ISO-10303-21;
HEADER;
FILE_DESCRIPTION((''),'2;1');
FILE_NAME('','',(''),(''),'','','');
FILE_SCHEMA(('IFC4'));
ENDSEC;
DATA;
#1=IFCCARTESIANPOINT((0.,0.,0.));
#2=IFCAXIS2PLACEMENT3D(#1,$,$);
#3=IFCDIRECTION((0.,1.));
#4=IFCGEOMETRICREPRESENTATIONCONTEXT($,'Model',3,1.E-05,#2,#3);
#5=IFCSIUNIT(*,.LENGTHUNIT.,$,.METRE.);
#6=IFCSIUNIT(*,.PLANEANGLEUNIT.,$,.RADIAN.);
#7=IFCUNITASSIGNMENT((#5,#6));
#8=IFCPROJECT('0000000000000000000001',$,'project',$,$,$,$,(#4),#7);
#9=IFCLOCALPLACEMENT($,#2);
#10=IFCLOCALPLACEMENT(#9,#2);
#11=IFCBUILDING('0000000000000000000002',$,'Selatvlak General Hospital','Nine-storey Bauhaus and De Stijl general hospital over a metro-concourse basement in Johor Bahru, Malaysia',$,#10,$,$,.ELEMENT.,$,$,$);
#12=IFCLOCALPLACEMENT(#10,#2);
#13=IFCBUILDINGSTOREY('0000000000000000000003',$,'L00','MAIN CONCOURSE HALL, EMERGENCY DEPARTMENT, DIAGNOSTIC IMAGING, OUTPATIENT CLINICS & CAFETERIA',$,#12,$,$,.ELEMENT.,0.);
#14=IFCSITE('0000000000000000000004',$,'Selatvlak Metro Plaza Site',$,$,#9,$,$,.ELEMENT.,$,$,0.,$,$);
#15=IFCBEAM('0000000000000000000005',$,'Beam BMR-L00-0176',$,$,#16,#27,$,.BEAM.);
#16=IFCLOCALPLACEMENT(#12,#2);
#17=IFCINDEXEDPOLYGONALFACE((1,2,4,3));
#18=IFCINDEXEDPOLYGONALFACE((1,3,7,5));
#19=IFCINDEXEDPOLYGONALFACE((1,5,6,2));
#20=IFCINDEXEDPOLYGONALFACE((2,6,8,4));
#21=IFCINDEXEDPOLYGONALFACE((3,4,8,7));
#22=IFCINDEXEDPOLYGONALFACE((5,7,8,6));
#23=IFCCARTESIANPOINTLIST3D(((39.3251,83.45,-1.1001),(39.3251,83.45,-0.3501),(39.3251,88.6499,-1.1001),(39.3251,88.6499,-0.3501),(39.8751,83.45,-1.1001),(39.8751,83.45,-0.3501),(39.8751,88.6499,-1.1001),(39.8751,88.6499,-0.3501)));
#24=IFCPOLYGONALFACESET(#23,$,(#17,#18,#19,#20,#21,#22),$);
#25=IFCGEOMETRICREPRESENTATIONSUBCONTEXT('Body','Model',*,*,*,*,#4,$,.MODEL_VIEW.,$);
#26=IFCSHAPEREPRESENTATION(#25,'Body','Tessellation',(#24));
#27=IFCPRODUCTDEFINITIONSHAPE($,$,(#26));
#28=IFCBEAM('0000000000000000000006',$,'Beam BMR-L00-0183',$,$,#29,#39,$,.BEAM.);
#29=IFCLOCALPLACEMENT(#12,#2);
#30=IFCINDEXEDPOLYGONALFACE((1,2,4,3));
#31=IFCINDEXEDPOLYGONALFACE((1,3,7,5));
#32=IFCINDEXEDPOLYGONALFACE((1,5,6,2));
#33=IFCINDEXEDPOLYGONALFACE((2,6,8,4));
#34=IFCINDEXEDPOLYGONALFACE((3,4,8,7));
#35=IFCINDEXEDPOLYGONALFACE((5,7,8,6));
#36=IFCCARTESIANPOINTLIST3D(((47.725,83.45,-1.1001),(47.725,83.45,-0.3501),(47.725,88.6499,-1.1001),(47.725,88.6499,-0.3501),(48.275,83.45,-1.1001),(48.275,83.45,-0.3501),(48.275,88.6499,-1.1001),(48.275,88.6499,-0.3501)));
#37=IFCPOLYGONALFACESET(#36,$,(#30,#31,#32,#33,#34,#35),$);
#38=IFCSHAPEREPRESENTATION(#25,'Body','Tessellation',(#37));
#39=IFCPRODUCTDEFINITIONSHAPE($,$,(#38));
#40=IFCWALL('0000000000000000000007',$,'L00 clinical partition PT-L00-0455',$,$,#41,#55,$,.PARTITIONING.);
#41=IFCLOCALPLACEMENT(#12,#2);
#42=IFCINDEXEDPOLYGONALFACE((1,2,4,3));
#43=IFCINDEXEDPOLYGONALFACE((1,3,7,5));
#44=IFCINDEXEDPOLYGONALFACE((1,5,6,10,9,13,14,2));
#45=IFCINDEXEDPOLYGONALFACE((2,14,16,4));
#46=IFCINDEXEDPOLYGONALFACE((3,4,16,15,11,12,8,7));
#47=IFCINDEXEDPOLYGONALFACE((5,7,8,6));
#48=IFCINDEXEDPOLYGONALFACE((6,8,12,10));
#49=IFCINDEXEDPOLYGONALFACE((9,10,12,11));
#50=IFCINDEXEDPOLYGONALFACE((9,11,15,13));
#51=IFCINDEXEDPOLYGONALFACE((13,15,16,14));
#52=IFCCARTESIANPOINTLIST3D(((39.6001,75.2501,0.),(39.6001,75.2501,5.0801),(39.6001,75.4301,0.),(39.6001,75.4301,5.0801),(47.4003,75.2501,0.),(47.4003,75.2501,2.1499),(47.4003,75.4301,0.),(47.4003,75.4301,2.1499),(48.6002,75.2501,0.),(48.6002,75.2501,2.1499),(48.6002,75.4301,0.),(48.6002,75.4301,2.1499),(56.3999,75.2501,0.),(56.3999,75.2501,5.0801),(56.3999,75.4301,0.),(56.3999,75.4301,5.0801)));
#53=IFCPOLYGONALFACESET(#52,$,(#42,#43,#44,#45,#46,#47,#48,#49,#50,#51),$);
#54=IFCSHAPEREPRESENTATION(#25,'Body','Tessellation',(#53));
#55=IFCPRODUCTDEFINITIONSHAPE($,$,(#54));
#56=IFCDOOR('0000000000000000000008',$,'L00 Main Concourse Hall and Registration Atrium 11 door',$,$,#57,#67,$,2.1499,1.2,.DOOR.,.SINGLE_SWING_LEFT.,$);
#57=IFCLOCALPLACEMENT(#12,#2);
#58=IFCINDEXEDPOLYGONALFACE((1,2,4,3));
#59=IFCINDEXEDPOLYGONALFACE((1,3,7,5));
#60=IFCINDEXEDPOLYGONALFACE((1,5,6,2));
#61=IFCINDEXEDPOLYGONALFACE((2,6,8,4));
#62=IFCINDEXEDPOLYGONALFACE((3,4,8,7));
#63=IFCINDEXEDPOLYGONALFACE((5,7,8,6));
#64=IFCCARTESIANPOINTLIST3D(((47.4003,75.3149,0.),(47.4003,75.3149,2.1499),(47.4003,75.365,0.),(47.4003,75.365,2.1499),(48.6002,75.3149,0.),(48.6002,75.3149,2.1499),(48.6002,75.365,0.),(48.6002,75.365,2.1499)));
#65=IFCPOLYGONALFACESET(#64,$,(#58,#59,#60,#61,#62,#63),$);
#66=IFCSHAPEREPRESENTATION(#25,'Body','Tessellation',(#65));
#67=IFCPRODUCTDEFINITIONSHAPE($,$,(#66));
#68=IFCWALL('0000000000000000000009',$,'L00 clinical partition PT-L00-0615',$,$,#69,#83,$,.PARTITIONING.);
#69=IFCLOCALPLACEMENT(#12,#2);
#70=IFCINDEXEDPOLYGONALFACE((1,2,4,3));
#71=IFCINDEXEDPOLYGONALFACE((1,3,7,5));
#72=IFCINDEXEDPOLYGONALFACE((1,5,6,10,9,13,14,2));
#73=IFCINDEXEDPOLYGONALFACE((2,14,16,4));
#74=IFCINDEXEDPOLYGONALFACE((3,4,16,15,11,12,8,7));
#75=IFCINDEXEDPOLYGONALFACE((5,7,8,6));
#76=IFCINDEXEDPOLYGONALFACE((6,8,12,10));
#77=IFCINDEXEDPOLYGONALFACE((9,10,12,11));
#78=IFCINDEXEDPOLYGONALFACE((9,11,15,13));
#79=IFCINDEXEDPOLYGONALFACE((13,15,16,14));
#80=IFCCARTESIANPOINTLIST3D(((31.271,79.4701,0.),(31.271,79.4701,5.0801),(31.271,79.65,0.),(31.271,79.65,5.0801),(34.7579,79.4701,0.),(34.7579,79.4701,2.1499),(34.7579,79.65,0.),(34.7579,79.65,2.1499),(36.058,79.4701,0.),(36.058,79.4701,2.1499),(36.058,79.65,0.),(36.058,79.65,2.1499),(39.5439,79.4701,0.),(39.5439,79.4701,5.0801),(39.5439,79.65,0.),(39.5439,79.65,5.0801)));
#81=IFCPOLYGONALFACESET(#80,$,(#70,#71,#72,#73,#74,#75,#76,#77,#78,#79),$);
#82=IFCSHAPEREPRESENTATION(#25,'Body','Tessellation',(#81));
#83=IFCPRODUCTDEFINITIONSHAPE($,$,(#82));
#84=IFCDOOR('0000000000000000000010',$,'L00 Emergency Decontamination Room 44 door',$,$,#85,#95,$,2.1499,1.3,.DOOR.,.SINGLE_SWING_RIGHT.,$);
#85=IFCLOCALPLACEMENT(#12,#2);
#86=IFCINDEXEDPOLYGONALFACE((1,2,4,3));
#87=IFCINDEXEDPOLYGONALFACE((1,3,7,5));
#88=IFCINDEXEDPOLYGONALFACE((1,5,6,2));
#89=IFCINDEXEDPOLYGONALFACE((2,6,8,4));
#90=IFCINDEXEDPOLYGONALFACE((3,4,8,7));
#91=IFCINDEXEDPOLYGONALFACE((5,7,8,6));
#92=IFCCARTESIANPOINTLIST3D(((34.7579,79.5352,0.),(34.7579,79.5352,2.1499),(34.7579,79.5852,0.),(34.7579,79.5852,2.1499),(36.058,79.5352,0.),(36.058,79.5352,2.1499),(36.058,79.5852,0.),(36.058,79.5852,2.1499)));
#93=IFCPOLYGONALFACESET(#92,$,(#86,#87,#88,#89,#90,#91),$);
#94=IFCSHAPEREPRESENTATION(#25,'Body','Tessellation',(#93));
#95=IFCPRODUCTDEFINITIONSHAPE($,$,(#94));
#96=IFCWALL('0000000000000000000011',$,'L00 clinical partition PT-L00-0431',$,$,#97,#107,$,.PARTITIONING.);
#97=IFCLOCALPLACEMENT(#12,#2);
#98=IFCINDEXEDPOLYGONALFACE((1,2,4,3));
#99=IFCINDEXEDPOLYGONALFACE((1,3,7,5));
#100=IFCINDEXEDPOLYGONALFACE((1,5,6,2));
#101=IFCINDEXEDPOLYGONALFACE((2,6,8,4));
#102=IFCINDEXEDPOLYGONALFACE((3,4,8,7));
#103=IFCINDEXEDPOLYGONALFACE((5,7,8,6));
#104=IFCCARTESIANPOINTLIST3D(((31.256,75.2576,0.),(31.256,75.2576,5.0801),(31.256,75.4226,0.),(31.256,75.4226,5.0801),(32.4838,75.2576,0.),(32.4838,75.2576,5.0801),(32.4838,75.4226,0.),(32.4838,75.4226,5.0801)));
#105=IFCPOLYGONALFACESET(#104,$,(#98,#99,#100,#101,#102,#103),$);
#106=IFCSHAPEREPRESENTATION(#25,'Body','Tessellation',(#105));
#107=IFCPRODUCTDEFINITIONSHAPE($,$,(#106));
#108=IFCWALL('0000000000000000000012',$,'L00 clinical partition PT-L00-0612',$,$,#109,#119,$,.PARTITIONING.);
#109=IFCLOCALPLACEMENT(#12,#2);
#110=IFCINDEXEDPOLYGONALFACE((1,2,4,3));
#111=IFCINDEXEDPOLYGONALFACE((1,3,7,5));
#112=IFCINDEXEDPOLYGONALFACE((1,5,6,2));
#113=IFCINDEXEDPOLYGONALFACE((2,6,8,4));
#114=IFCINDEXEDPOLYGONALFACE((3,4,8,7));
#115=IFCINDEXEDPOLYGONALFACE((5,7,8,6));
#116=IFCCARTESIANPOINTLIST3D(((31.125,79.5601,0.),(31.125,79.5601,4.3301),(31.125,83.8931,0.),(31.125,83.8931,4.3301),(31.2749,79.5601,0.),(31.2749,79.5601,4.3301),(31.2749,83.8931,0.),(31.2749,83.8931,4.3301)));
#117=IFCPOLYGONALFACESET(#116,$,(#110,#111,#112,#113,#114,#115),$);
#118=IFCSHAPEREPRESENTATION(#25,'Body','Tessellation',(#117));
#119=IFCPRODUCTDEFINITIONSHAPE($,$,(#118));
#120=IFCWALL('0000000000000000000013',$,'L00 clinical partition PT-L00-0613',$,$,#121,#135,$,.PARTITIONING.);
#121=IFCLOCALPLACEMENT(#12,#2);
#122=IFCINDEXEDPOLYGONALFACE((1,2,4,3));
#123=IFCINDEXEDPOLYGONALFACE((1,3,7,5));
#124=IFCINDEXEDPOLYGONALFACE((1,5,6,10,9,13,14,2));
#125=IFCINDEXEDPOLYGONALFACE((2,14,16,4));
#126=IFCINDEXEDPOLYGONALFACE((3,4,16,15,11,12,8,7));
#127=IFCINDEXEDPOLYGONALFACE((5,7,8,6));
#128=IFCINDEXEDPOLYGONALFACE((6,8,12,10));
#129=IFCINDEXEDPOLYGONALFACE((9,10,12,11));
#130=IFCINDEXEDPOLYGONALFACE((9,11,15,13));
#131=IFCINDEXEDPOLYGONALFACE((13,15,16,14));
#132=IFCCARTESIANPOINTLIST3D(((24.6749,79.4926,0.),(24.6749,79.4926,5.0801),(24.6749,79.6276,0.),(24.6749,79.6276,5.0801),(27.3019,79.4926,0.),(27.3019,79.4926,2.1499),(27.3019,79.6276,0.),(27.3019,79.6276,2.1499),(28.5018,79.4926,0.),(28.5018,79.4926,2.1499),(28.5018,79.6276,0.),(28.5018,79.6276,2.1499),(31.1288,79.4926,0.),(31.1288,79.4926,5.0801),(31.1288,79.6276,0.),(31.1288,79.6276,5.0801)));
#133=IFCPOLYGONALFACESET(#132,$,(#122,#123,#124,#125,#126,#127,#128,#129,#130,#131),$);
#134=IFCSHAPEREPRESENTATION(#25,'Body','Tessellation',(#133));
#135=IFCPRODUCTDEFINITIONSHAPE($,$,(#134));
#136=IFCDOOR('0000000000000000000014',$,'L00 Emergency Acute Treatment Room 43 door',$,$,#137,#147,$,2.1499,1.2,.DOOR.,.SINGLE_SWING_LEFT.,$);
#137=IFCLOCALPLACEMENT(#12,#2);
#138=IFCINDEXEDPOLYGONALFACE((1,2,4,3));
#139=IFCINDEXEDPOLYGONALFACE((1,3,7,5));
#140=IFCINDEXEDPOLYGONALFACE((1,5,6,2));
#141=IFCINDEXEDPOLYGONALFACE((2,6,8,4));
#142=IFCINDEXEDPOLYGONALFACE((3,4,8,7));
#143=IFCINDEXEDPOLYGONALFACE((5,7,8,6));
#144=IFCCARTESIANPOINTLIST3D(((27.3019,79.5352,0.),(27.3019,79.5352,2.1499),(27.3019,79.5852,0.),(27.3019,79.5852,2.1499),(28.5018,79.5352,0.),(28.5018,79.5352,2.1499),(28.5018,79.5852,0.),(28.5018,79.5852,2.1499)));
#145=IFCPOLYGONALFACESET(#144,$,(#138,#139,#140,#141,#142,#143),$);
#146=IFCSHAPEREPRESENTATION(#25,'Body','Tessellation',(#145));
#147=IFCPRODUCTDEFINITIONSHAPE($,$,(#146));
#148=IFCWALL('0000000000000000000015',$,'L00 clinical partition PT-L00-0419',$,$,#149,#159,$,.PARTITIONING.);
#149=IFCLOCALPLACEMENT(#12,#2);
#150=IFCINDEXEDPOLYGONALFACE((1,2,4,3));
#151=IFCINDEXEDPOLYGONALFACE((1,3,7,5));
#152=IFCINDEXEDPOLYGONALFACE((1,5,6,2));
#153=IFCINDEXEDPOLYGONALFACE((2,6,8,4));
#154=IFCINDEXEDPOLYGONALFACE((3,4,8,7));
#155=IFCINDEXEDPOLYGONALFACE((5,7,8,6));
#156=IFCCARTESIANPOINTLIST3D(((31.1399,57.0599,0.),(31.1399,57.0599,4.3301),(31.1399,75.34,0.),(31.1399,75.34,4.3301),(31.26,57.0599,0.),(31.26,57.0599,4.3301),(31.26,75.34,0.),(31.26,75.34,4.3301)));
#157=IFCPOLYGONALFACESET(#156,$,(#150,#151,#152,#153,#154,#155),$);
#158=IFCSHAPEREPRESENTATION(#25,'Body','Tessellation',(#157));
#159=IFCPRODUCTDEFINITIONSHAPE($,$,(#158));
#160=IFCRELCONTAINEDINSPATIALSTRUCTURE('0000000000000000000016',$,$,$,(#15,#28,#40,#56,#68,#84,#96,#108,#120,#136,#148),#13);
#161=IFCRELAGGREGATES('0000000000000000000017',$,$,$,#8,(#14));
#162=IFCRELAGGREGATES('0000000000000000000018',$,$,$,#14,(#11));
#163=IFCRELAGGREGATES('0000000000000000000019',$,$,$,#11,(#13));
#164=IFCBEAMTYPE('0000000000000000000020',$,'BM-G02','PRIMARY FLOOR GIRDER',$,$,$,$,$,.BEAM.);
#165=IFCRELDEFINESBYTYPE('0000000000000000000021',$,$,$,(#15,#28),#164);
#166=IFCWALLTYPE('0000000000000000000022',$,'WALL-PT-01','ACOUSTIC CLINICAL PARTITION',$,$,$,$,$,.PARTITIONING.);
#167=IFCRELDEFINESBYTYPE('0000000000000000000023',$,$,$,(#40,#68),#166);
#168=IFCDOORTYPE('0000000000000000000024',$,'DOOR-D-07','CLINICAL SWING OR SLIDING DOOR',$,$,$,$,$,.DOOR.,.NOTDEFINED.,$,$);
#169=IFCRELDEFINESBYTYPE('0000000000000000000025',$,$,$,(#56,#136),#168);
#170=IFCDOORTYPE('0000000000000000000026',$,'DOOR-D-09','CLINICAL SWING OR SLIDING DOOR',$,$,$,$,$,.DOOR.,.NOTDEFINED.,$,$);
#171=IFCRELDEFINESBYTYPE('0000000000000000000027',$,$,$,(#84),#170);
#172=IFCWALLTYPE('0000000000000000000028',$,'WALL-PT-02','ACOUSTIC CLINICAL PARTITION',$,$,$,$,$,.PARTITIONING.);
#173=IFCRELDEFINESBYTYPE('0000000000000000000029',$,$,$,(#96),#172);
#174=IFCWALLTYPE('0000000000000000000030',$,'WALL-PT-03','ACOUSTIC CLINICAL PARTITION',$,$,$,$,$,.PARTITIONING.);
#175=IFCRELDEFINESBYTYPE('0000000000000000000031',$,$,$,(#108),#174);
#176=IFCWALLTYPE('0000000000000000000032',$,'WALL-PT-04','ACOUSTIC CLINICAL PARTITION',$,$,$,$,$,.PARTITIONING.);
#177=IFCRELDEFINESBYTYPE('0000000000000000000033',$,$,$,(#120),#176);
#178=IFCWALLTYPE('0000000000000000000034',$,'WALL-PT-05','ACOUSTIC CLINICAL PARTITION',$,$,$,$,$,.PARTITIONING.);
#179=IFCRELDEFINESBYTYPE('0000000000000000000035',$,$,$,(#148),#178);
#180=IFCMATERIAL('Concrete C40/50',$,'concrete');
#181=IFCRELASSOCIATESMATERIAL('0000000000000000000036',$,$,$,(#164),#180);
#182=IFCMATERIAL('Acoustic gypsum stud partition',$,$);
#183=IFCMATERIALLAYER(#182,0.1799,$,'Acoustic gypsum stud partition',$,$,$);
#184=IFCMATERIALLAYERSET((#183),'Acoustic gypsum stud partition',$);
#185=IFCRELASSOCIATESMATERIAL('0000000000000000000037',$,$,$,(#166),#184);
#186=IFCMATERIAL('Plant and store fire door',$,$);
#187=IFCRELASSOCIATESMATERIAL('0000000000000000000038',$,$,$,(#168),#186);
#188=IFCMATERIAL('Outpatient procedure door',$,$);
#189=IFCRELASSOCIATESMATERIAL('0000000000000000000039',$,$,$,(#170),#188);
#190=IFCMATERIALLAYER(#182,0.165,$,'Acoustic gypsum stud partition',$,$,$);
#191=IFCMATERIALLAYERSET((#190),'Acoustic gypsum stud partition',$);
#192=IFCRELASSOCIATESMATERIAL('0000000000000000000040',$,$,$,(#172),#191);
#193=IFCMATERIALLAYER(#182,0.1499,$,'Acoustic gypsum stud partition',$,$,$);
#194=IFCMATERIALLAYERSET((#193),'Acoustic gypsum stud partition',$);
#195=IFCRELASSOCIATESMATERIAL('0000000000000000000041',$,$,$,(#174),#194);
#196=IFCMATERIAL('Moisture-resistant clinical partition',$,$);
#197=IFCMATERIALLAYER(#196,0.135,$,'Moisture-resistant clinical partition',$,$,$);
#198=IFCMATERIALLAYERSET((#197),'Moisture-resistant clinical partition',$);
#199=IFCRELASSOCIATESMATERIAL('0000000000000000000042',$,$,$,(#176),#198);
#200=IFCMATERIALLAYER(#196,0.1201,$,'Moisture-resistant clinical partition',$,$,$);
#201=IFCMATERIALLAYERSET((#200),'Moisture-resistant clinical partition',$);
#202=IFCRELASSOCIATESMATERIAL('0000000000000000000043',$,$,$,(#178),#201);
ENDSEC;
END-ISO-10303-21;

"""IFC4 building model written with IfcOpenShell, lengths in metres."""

from ifc_helpers import new_model, si_unit, direction, frame, frame_2d, origin, origin_2d, place, context, subcontext, project, spatial, rectangle, extrude, material, layer, layer_set, material_profile, profile_set, type_object, element, fill, save


model = new_model("IFC4")

# Units and contexts
model_context = context("Model", 3, precision=1e-05, world=origin(), true_north=direction((0.0, 1.0)))
body_context = subcontext(model_context, "Body", "Model", "MODEL_VIEW")
ifc_project = project(units=[si_unit("LENGTHUNIT", "METRE"), si_unit("PLANEANGLEUNIT", "RADIAN")], contexts=[model_context])

# Site, building, storey
site_placement = place(None, origin())
site = spatial("IfcSite", under=ifc_project, at=site_placement, Name="Selatvlak Metro Plaza Site", CompositionType="ELEMENT", RefElevation=0.0)
building_placement = place(site_placement, origin())
building = spatial("IfcBuilding", under=site, at=building_placement, Name="Selatvlak General Hospital", Description="Nine-storey Bauhaus and De Stijl general hospital over a metro-concourse basement in Johor Bahru, Malaysia", CompositionType="ELEMENT")
storey_placement = place(building_placement, origin())
storey = spatial("IfcBuildingStorey", under=building, at=storey_placement, Name="L00", Description="MAIN CONCOURSE HALL, EMERGENCY DEPARTMENT, DIAGNOSTIC IMAGING, OUTPATIENT CLINICS & CAFETERIA", CompositionType="ELEMENT", Elevation=0.0)

# Beams
ifc_material_1 = material(Name="Concrete C40/50", Category="concrete")
ifc_material_profile_1 = material_profile(ifc_material_1, rectangle(XDim=0.55, YDim=0.75, at=origin_2d()), Name="RC-BM 550x750")
ifc_profile_set_1 = profile_set([ifc_material_profile_1], Name="Concrete C40/50")
beam_type_1 = type_object("IfcBeamType", Name="BM-G02", Description="PRIMARY FLOOR GIRDER", PredefinedType="BEAM", material=ifc_profile_set_1)
for number, where, z_axis, x_axis, name in (
    (1, (39.6001, 83.45, -0.7251), (0.0, 1.0, 0.0), (-1.0, 0.0, 0.0), "Beam BMR-L00-0176"),
    (2, (48.0, 83.45, -0.7251), (0.0, 1.0, 0.0), (-1.0, 0.0, 0.0), "Beam BMR-L00-0183"),
):
    element("IfcBeam", number, at=place(storey_placement, frame(where, z_axis=z_axis, x_axis=x_axis)), inside=storey, type_object=beam_type_1, Name=name, PredefinedType="BEAM", context=body_context, shape_type="SweptSolid", body=[
        extrude(rectangle(XDim=0.55, YDim=0.75, at=origin_2d()), origin(), (0.0, 0.0, 1.0), 5.2),
    ])

# Walls, openings, doors
ifc_material_2 = material(Name="Acoustic gypsum stud partition")
ifc_layer_1 = layer(ifc_material_2, 0.1799, Name="Acoustic gypsum stud partition")
ifc_layer_set_1 = layer_set([ifc_layer_1], Name="Acoustic gypsum stud partition")
wall_type_1 = type_object("IfcWallType", Name="WALL-PT-01", Description="ACOUSTIC CLINICAL PARTITION", PredefinedType="PARTITIONING", material=ifc_layer_set_1)
wall_1_placement = place(storey_placement, frame((39.6001, 75.3401, 0.0), z_axis=(0.0, 0.0, 1.0), x_axis=(1.0, 0.0, 0.0)))
wall_1 = element("IfcWall", 3, at=wall_1_placement, inside=storey, type_object=wall_type_1, Name="L00 clinical partition PT-L00-0455", PredefinedType="PARTITIONING", context=body_context, shape_type="SweptSolid", body=[
    extrude(rectangle(XDim=16.7998, YDim=0.1799, at=frame_2d((8.3999, 0.0))), origin(), (0.0, 0.0, 1.0), 5.0801),
])
opening_1_placement = place(wall_1_placement, frame((7.8, 0.0, 0.0)))
opening_1 = element("IfcOpeningElement", 4, at=opening_1_placement, cuts=wall_1, PredefinedType="OPENING", context=body_context, shape_type="SweptSolid", body=[
    extrude(rectangle(XDim=1.2, YDim=2.1499, at=frame_2d((0.6001, 1.075))), frame((0.0, 0.0999, 0.0), z_axis=(0.0, -1.0, 0.0), x_axis=(1.0, 0.0, 0.0)), (0.0, 0.0, 1.0), 0.2),
])
ifc_material_3 = material(Name="Plant and store fire door")
door_type_1 = type_object("IfcDoorType", Name="DOOR-D-07", Description="CLINICAL SWING OR SLIDING DOOR", OperationType="NOTDEFINED", PredefinedType="DOOR", material=ifc_material_3)
door_1_placement = place(opening_1_placement, origin())
door_1 = element("IfcDoor", 5, at=door_1_placement, inside=storey, type_object=door_type_1, Name="L00 Main Concourse Hall and Registration Atrium 11 door", OperationType="SINGLE_SWING_LEFT", OverallHeight=2.1499, OverallWidth=1.2, PredefinedType="DOOR", context=body_context, shape_type="SweptSolid", body=[
    extrude(rectangle(XDim=1.2, YDim=2.1499, at=frame_2d((0.6001, 1.075))), frame((0.0, 0.0249, 0.0), z_axis=(0.0, -1.0, 0.0), x_axis=(1.0, 0.0, 0.0)), (0.0, 0.0, 1.0), 0.05),
])
fill(opening_1, door_1)
wall_2_placement = place(storey_placement, frame((39.5439, 79.5601, 0.0), z_axis=(0.0, 0.0, 1.0), x_axis=(-1.0, 0.0, 0.0)))
wall_2 = element("IfcWall", 6, at=wall_2_placement, inside=storey, type_object=wall_type_1, Name="L00 clinical partition PT-L00-0615", PredefinedType="PARTITIONING", context=body_context, shape_type="SweptSolid", body=[
    extrude(rectangle(XDim=8.2729, YDim=0.1799, at=frame_2d((4.1365, 0.0))), origin(), (0.0, 0.0, 1.0), 5.0801),
])
opening_2_placement = place(wall_2_placement, frame((3.4861, 0.0, 0.0)))
opening_2 = element("IfcOpeningElement", 7, at=opening_2_placement, cuts=wall_2, PredefinedType="OPENING", context=body_context, shape_type="SweptSolid", body=[
    extrude(rectangle(XDim=1.3, YDim=2.1499, at=frame_2d((0.6499, 1.075))), frame((0.0, 0.0999, 0.0), z_axis=(0.0, -1.0, 0.0), x_axis=(1.0, 0.0, 0.0)), (0.0, 0.0, 1.0), 0.2),
])
ifc_material_4 = material(Name="Outpatient procedure door")
door_type_2 = type_object("IfcDoorType", Name="DOOR-D-09", Description="CLINICAL SWING OR SLIDING DOOR", OperationType="NOTDEFINED", PredefinedType="DOOR", material=ifc_material_4)
door_2_placement = place(opening_2_placement, origin())
door_2 = element("IfcDoor", 8, at=door_2_placement, inside=storey, type_object=door_type_2, Name="L00 Emergency Decontamination Room 44 door", OperationType="SINGLE_SWING_RIGHT", OverallHeight=2.1499, OverallWidth=1.3, PredefinedType="DOOR", context=body_context, shape_type="SweptSolid", body=[
    extrude(rectangle(XDim=1.3, YDim=2.1499, at=frame_2d((0.6499, 1.075))), frame((0.0, 0.0249, 0.0), z_axis=(0.0, -1.0, 0.0), x_axis=(1.0, 0.0, 0.0)), (0.0, 0.0, 1.0), 0.05),
])
fill(opening_2, door_2)

# Walls
ifc_layer_2 = layer(ifc_material_2, 0.165, Name="Acoustic gypsum stud partition")
ifc_layer_set_2 = layer_set([ifc_layer_2], Name="Acoustic gypsum stud partition")
wall_type_2 = type_object("IfcWallType", Name="WALL-PT-02", Description="ACOUSTIC CLINICAL PARTITION", PredefinedType="PARTITIONING", material=ifc_layer_set_2)
wall_3_placement = place(storey_placement, frame((31.2561, 75.3401, 0.0), z_axis=(0.0, 0.0, 1.0), x_axis=(1.0, 0.0, 0.0)))
element("IfcWall", 9, at=wall_3_placement, inside=storey, type_object=wall_type_2, Name="L00 clinical partition PT-L00-0431", PredefinedType="PARTITIONING", context=body_context, shape_type="SweptSolid", body=[
    extrude(rectangle(XDim=1.2278, YDim=0.165, at=frame_2d((0.6138, 0.0))), origin(), (0.0, 0.0, 1.0), 5.0801),
])
ifc_layer_3 = layer(ifc_material_2, 0.1499, Name="Acoustic gypsum stud partition")
ifc_layer_set_3 = layer_set([ifc_layer_3], Name="Acoustic gypsum stud partition")
wall_type_3 = type_object("IfcWallType", Name="WALL-PT-03", Description="ACOUSTIC CLINICAL PARTITION", PredefinedType="PARTITIONING", material=ifc_layer_set_3)
wall_4_placement = place(storey_placement, frame((31.2, 83.8931, 0.0), z_axis=(0.0, 0.0, 1.0), x_axis=(0.0, -1.0, 0.0)))
element("IfcWall", 10, at=wall_4_placement, inside=storey, type_object=wall_type_3, Name="L00 clinical partition PT-L00-0612", PredefinedType="PARTITIONING", context=body_context, shape_type="SweptSolid", body=[
    extrude(rectangle(XDim=4.333, YDim=0.1499, at=frame_2d((2.1665, 0.0))), origin(), (0.0, 0.0, 1.0), 4.3301),
])

# Wall, opening, door
ifc_material_5 = material(Name="Moisture-resistant clinical partition")
ifc_layer_4 = layer(ifc_material_5, 0.135, Name="Moisture-resistant clinical partition")
ifc_layer_set_4 = layer_set([ifc_layer_4], Name="Moisture-resistant clinical partition")
wall_type_4 = type_object("IfcWallType", Name="WALL-PT-04", Description="ACOUSTIC CLINICAL PARTITION", PredefinedType="PARTITIONING", material=ifc_layer_set_4)
wall_5_placement = place(storey_placement, frame((31.1289, 79.5601, 0.0), z_axis=(0.0, 0.0, 1.0), x_axis=(-1.0, 0.0, 0.0)))
wall_5 = element("IfcWall", 11, at=wall_5_placement, inside=storey, type_object=wall_type_4, Name="L00 clinical partition PT-L00-0613", PredefinedType="PARTITIONING", context=body_context, shape_type="SweptSolid", body=[
    extrude(rectangle(XDim=6.4539, YDim=0.135, at=frame_2d((3.2271, 0.0))), origin(), (0.0, 0.0, 1.0), 5.0801),
])
opening_3_placement = place(wall_5_placement, frame((2.627, 0.0, 0.0)))
opening_3 = element("IfcOpeningElement", 12, at=opening_3_placement, cuts=wall_5, PredefinedType="OPENING", context=body_context, shape_type="SweptSolid", body=[
    extrude(rectangle(XDim=1.2, YDim=2.1499, at=frame_2d((0.6001, 1.075))), frame((0.0, 0.0774, 0.0), z_axis=(0.0, -1.0, 0.0), x_axis=(1.0, 0.0, 0.0)), (0.0, 0.0, 1.0), 0.155),
])
door_3_placement = place(opening_3_placement, origin())
door_3 = element("IfcDoor", 13, at=door_3_placement, inside=storey, type_object=door_type_1, Name="L00 Emergency Acute Treatment Room 43 door", OperationType="SINGLE_SWING_LEFT", OverallHeight=2.1499, OverallWidth=1.2, PredefinedType="DOOR", context=body_context, shape_type="SweptSolid", body=[
    extrude(rectangle(XDim=1.2, YDim=2.1499, at=frame_2d((0.6001, 1.075))), frame((0.0, 0.0249, 0.0), z_axis=(0.0, -1.0, 0.0), x_axis=(1.0, 0.0, 0.0)), (0.0, 0.0, 1.0), 0.05),
])
fill(opening_3, door_3)

# Wall
ifc_layer_5 = layer(ifc_material_5, 0.1201, Name="Moisture-resistant clinical partition")
ifc_layer_set_5 = layer_set([ifc_layer_5], Name="Moisture-resistant clinical partition")
wall_type_5 = type_object("IfcWallType", Name="WALL-PT-05", Description="ACOUSTIC CLINICAL PARTITION", PredefinedType="PARTITIONING", material=ifc_layer_set_5)
wall_6_placement = place(storey_placement, frame((31.2, 75.3401, 0.0), z_axis=(0.0, 0.0, 1.0), x_axis=(0.0, -1.0, 0.0)))
element("IfcWall", 14, at=wall_6_placement, inside=storey, type_object=wall_type_5, Name="L00 clinical partition PT-L00-0419", PredefinedType="PARTITIONING", context=body_context, shape_type="SweptSolid", body=[
    extrude(rectangle(XDim=18.28, YDim=0.1201, at=frame_2d((9.1401, 0.0))), origin(), (0.0, 0.0, 1.0), 4.3301),
])

save(model, "model.ifc")
